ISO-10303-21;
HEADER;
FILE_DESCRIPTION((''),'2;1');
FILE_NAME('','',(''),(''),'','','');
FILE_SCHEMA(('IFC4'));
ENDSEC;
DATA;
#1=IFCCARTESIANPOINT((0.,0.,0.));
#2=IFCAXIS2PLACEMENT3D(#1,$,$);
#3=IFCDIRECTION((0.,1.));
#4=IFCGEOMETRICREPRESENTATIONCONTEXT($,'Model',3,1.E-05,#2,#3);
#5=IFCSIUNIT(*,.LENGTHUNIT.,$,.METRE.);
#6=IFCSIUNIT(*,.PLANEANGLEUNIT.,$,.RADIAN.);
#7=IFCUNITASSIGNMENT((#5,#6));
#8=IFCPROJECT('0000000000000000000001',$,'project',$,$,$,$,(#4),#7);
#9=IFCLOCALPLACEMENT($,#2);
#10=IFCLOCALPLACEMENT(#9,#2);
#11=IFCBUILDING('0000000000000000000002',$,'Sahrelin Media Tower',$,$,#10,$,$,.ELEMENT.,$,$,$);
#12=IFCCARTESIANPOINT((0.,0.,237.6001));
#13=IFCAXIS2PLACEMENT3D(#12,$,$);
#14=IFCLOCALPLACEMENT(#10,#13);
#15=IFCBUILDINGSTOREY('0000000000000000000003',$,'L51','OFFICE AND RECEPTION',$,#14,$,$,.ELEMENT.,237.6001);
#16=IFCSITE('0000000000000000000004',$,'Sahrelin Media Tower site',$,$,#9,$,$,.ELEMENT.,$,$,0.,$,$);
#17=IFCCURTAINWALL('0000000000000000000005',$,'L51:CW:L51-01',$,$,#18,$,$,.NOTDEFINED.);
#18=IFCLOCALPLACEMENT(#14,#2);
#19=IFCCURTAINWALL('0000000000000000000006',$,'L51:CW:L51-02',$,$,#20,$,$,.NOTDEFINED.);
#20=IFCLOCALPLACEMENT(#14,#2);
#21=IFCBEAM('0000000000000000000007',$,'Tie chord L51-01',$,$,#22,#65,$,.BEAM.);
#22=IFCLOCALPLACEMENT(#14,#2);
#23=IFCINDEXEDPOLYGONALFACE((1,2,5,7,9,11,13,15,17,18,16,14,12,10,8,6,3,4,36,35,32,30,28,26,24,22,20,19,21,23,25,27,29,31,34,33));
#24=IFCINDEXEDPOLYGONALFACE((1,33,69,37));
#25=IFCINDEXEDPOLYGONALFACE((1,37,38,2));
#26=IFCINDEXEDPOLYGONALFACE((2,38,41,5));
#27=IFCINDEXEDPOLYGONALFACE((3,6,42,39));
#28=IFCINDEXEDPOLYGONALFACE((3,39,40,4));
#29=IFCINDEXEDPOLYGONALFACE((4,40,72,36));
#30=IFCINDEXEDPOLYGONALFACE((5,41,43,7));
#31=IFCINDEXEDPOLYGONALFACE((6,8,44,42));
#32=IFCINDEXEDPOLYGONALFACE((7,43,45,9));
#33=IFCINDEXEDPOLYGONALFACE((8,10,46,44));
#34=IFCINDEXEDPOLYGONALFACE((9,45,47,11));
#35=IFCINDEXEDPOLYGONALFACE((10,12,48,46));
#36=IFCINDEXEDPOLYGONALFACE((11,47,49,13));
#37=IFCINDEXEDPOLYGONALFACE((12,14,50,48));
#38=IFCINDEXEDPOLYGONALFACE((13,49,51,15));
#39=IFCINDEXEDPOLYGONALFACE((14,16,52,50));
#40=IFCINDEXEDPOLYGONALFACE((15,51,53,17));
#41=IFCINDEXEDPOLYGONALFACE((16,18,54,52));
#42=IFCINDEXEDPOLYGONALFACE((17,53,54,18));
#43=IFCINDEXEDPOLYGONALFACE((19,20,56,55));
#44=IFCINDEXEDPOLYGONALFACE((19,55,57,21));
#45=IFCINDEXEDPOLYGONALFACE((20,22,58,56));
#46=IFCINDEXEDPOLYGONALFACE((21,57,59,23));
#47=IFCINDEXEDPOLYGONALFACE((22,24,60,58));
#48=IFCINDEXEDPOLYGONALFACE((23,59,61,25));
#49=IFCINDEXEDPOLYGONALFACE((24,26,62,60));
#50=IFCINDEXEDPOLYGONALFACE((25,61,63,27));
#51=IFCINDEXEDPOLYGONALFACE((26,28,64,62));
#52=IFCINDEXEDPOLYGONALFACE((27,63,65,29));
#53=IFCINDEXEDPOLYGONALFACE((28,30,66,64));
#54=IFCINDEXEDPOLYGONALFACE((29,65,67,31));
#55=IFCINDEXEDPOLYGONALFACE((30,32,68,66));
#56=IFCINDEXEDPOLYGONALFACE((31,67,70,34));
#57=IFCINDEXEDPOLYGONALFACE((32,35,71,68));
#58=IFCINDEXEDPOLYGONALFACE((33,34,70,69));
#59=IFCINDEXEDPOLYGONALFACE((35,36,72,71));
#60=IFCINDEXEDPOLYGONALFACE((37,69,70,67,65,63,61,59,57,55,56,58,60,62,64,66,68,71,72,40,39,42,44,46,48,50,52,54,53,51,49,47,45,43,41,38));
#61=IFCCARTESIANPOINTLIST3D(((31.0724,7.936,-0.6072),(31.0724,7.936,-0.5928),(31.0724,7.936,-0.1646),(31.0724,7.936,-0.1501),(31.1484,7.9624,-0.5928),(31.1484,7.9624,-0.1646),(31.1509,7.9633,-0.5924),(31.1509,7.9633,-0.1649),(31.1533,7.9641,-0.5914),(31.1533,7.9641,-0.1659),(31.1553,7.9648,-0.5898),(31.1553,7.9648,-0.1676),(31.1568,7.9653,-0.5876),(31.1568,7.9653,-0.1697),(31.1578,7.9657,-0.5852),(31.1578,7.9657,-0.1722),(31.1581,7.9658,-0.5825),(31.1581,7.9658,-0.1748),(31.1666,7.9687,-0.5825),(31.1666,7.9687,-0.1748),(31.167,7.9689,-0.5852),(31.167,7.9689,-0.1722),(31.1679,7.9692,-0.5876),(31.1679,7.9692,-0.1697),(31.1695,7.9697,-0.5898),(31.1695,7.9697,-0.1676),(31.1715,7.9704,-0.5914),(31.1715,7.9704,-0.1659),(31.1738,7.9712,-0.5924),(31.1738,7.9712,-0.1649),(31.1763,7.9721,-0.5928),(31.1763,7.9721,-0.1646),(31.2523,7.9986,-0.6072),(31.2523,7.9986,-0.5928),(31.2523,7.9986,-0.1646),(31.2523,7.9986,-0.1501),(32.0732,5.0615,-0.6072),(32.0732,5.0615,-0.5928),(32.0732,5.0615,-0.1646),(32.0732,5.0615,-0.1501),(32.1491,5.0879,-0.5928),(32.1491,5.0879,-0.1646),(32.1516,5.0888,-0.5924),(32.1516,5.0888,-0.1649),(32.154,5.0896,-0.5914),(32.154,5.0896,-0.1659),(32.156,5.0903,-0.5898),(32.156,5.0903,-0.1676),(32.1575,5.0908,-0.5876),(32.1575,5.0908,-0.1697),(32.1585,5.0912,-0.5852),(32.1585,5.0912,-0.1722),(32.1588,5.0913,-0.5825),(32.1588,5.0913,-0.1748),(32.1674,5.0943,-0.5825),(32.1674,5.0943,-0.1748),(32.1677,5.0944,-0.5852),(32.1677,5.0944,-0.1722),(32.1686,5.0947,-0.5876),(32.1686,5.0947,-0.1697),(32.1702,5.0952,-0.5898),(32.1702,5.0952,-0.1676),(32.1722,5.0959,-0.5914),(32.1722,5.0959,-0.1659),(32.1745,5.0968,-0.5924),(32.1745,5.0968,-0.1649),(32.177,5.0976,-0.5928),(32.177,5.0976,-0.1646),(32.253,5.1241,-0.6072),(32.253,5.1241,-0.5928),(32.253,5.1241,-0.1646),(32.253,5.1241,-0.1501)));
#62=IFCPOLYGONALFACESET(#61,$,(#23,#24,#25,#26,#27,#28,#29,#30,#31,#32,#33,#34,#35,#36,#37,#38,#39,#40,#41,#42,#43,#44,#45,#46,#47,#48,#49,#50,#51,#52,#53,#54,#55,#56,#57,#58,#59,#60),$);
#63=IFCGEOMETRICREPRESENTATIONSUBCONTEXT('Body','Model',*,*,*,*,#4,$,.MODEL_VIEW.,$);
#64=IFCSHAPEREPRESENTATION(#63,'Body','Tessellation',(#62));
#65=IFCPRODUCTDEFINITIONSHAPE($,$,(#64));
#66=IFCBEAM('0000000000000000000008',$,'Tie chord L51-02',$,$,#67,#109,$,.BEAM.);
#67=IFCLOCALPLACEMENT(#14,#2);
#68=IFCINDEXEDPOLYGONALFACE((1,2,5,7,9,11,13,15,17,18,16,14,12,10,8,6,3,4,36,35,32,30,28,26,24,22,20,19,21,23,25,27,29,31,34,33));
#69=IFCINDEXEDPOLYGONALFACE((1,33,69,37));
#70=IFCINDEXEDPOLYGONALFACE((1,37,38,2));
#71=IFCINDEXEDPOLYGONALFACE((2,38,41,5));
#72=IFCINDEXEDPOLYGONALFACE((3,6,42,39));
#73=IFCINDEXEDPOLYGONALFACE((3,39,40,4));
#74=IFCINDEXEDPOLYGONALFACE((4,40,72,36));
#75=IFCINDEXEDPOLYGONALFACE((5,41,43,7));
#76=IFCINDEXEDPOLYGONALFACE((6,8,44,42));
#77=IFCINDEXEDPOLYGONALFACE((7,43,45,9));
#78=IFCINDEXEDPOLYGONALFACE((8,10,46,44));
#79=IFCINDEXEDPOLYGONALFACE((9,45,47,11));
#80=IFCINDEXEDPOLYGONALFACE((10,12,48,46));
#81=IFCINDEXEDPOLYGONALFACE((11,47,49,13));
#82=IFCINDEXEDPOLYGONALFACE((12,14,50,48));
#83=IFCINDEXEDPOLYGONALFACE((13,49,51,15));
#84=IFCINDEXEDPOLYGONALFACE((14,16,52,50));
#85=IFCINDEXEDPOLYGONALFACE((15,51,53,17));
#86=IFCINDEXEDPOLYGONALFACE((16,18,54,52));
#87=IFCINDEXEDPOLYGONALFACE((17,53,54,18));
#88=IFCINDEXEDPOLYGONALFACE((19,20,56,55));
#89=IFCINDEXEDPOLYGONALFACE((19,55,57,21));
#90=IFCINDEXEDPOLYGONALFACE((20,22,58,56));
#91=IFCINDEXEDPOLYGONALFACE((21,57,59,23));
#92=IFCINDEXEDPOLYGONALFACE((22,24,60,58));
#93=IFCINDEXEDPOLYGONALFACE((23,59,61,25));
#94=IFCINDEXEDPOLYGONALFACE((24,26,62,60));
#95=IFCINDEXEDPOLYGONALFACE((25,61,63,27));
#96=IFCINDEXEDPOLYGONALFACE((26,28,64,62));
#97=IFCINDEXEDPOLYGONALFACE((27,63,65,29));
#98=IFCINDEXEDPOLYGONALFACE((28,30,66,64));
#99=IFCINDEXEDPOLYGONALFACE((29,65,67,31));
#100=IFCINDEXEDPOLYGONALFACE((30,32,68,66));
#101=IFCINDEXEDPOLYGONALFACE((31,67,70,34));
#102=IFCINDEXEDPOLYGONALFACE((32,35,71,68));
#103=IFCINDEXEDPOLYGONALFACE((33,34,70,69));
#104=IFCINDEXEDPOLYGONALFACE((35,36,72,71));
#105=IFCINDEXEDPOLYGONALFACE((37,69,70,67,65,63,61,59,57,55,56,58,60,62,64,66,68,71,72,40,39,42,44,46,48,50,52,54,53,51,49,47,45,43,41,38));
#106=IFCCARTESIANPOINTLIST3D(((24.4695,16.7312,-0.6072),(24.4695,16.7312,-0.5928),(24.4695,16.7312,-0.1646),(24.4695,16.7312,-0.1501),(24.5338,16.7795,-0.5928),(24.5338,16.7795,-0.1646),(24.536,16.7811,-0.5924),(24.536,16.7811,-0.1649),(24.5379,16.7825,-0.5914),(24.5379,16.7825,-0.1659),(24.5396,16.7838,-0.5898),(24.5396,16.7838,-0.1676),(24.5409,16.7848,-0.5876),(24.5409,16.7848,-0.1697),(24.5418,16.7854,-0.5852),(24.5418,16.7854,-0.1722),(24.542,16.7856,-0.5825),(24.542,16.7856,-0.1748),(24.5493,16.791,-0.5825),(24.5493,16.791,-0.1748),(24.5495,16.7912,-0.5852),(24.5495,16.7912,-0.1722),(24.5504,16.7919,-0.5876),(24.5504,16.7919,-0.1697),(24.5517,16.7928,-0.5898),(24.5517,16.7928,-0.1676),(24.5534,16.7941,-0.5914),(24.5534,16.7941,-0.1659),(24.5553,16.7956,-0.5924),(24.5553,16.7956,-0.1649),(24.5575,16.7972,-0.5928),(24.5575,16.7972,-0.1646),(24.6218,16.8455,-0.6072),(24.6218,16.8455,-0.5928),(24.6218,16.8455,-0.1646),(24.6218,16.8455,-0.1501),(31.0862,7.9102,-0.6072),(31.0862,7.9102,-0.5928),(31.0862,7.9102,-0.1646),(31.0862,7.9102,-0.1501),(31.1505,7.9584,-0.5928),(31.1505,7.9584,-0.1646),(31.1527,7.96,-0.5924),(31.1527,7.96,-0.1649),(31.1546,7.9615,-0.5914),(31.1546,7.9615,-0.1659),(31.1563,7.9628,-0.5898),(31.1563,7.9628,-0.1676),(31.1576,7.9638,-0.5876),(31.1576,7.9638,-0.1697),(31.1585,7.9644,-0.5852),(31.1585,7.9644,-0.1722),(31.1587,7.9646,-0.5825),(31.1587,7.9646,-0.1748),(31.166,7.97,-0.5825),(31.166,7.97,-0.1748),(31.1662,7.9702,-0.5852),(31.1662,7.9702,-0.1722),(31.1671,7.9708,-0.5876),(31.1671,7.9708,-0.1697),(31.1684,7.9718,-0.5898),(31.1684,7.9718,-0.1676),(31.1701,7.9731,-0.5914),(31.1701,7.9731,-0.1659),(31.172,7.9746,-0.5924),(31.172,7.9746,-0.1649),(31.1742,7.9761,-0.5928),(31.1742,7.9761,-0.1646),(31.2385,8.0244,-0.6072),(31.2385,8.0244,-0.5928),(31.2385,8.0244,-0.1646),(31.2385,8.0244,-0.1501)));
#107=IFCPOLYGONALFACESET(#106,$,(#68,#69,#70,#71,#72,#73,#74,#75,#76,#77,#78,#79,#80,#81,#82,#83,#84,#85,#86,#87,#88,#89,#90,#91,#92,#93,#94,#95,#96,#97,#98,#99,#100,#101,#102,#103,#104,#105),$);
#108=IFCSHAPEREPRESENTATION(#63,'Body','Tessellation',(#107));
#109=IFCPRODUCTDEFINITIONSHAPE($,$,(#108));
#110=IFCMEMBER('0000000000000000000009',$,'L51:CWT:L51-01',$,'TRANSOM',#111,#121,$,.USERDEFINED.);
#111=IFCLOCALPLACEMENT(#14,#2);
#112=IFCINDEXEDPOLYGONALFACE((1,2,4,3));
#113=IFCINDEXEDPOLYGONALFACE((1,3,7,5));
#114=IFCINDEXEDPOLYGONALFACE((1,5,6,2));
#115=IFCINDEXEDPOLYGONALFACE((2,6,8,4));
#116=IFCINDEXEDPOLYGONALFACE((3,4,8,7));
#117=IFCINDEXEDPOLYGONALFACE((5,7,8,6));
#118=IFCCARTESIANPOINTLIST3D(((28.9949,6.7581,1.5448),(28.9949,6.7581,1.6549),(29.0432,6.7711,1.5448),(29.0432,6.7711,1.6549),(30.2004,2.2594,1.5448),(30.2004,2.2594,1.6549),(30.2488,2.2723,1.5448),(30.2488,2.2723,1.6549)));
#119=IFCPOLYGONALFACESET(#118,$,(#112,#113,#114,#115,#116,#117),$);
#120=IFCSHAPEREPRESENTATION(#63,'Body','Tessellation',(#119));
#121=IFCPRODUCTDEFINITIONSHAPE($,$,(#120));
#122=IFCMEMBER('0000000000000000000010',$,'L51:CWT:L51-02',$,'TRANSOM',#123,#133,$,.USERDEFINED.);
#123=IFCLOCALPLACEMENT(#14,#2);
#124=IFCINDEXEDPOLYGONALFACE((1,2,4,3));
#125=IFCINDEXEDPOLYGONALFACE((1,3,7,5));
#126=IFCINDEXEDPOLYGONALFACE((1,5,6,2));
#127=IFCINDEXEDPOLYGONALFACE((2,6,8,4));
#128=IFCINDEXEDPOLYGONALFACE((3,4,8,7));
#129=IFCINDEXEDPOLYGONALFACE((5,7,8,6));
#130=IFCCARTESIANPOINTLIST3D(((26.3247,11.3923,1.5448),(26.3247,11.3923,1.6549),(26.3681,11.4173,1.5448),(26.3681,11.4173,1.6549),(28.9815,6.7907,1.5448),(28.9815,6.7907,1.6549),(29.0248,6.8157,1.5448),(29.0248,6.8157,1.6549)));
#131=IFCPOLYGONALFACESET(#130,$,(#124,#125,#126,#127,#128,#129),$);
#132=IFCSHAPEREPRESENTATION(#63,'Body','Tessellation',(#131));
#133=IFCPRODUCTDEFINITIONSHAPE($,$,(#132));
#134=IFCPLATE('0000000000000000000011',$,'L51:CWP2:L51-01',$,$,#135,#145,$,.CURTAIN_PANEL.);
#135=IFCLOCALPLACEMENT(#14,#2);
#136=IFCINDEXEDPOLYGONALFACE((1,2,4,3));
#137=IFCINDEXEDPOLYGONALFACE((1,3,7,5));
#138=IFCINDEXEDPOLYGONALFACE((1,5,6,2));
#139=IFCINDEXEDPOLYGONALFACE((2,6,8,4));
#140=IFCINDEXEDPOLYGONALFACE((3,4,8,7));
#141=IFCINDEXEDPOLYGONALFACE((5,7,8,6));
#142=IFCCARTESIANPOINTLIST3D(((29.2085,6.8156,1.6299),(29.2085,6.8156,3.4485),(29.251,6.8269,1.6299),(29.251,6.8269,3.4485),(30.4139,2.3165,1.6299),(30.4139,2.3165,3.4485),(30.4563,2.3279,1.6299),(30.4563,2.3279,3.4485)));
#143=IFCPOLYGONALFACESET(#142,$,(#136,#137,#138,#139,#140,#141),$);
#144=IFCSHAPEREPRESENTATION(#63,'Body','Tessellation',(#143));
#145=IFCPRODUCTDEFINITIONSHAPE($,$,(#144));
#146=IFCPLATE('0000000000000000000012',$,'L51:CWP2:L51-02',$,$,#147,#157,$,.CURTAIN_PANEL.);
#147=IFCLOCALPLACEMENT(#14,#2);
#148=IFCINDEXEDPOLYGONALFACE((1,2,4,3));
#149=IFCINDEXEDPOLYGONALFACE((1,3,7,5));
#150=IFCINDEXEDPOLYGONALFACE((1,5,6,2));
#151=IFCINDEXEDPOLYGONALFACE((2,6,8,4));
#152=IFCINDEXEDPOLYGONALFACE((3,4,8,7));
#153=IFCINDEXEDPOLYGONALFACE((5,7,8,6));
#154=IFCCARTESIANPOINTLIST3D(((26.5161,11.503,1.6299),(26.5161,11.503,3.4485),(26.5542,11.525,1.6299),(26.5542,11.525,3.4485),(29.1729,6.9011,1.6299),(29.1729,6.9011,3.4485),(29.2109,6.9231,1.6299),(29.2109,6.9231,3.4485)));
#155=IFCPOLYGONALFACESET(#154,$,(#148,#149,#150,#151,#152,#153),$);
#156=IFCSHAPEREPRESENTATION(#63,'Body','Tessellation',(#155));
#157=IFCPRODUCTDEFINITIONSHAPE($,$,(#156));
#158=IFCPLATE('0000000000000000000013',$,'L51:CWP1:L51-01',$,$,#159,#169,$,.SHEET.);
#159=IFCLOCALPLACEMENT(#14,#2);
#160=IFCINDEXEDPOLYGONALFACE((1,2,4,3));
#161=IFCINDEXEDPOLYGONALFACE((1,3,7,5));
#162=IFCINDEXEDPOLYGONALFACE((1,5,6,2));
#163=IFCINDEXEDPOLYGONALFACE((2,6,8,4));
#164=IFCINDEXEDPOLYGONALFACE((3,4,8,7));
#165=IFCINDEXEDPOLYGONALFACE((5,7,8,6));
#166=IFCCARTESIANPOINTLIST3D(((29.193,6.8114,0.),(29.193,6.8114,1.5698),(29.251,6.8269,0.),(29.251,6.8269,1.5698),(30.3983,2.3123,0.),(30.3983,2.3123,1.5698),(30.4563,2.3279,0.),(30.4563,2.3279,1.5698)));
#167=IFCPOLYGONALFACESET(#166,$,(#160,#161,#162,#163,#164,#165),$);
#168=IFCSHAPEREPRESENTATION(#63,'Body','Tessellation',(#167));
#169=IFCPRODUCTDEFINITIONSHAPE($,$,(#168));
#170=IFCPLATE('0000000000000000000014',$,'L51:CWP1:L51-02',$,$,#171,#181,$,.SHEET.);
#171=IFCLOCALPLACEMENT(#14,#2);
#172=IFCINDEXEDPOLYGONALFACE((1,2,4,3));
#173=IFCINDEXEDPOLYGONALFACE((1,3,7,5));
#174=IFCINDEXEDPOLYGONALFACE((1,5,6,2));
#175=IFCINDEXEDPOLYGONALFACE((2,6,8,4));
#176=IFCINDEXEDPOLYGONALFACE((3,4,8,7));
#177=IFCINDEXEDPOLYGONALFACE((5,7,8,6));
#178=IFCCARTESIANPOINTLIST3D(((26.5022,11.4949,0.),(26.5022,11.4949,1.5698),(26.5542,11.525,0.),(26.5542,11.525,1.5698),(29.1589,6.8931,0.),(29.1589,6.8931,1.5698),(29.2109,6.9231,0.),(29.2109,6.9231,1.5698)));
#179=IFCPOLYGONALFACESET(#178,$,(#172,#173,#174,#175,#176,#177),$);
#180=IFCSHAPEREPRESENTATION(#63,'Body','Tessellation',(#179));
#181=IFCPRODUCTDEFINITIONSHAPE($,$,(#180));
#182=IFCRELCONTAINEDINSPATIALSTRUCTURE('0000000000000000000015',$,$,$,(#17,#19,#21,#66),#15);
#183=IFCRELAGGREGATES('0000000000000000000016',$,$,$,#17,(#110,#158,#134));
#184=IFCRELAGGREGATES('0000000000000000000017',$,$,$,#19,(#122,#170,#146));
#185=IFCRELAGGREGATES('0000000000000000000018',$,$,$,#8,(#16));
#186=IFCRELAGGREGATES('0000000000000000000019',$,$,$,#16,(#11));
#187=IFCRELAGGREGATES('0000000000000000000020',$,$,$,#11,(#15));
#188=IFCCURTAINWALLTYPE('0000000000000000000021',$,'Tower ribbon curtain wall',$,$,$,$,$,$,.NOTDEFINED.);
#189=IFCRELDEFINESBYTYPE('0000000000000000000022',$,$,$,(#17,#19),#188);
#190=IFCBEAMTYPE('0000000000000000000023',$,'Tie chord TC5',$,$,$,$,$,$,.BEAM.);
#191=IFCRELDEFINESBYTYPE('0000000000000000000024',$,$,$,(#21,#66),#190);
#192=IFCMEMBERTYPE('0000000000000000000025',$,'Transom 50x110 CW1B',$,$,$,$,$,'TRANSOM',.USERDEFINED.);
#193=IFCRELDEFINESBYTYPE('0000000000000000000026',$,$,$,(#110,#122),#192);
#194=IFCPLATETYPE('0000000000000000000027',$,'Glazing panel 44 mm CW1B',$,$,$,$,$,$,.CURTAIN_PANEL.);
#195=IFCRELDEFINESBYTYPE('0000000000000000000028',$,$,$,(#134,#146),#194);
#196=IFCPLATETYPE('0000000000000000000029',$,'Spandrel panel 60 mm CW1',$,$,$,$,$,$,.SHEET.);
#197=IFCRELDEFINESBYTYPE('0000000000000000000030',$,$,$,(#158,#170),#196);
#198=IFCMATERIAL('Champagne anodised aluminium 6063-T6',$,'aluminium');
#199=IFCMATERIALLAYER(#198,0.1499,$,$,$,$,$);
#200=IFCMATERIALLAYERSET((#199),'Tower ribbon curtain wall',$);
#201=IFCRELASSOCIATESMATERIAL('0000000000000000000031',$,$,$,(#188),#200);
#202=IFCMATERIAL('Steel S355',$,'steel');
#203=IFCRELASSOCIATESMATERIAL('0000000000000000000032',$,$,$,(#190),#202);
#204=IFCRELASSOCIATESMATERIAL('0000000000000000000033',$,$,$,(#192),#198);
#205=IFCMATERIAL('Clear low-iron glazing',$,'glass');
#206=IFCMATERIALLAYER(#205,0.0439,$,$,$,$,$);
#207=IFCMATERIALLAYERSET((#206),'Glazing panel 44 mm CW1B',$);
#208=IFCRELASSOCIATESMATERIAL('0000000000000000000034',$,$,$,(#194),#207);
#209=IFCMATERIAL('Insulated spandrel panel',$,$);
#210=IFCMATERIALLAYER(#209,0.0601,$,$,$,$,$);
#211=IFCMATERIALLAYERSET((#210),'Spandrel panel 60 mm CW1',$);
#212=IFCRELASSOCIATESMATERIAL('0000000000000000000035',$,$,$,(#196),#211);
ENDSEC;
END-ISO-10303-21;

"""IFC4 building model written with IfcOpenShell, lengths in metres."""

from ifc_helpers import new_model, si_unit, direction, frame, origin, origin_2d, place, context, subcontext, project, spatial, polyline, rectangle, i_section, outline, extrude, material, layer, layer_set, material_profile, profile_set, type_object, element, aggregate, save


model = new_model("IFC4")

# Units and contexts
model_context = context("Model", 3, precision=1e-05, world=origin(), true_north=direction((0.0, 1.0)))
body_context = subcontext(model_context, "Body", "Model", "MODEL_VIEW")
ifc_project = project(units=[si_unit("LENGTHUNIT", "METRE"), si_unit("PLANEANGLEUNIT", "RADIAN")], contexts=[model_context])

# Site, building, storey
site_placement = place(None, origin())
site = spatial("IfcSite", under=ifc_project, at=site_placement, Name="Sahrelin Media Tower site", CompositionType="ELEMENT", RefElevation=0.0)
building_placement = place(site_placement, origin())
building = spatial("IfcBuilding", under=site, at=building_placement, Name="Sahrelin Media Tower", CompositionType="ELEMENT")
storey_placement = place(building_placement, frame((0.0, 0.0, 237.6001)))
storey = spatial("IfcBuildingStorey", under=building, at=storey_placement, Name="L51", Description="OFFICE AND RECEPTION", CompositionType="ELEMENT", Elevation=237.6001)

# Shared definitions
ifc_material_1 = material(Name="Steel S355", Category="steel")

# Curtain walls
ifc_material_2 = material(Name="Champagne anodised aluminium 6063-T6", Category="aluminium")
ifc_layer_1 = layer(ifc_material_2, 0.1499)
ifc_layer_set_1 = layer_set([ifc_layer_1], Name="Tower ribbon curtain wall")
curtain_wall_type = type_object("IfcCurtainWallType", Name="Tower ribbon curtain wall", PredefinedType="NOTDEFINED", material=ifc_layer_set_1)
curtain_wall_1_placement = place(storey_placement, frame((29.8342, 4.5723, 0.0), z_axis=(0.0, 0.0, 1.0), x_axis=(1.0, 0.0, 0.0)))
curtain_wall_1 = element("IfcCurtainWall", 1, at=curtain_wall_1_placement, inside=storey, type_object=curtain_wall_type, Name="L51:CW:L51-01", PredefinedType="NOTDEFINED")
curtain_wall_2_placement = place(storey_placement, frame((27.8652, 9.2141, 0.0), z_axis=(0.0, 0.0, 1.0), x_axis=(1.0, 0.0, 0.0)))
curtain_wall_2 = element("IfcCurtainWall", 2, at=curtain_wall_2_placement, inside=storey, type_object=curtain_wall_type, Name="L51:CW:L51-02", PredefinedType="NOTDEFINED")

# Beams
ifc_material_profile_1 = material_profile(ifc_material_1, i_section(OverallWidth=0.1904, OverallDepth=0.457, WebThickness=0.009, FlangeThickness=0.0144, FilletRadius=0.0103, at=origin_2d()), Name="UB 457x191x74")
ifc_profile_set_1 = profile_set([ifc_material_profile_1], Name="Steel S355")
beam_type_1 = type_object("IfcBeamType", Name="Tie chord TC5", PredefinedType="BEAM", material=ifc_profile_set_1)
beam_1_placement = place(storey_placement, frame((32.1631, 5.0928, -0.3787), z_axis=(-0.328785, 0.944405, 0.0), x_axis=(-0.944405, -0.328785, 0.0)))
element("IfcBeam", 3, at=beam_1_placement, inside=storey, type_object=beam_type_1, Name="Tie chord L51-01", PredefinedType="BEAM", context=body_context, shape_type="SweptSolid", body=[
    extrude(i_section(OverallWidth=0.1904, OverallDepth=0.457, WebThickness=0.009, FlangeThickness=0.0144, FilletRadius=0.0103, at=origin_2d()), origin(), (0.0, 0.0, 1.0), 3.0437),
])
beam_2_placement = place(storey_placement, frame((31.1624, 7.9673, -0.3787), z_axis=(-0.600053, 0.79996, 0.0), x_axis=(-0.79996, -0.600053, 0.0)))
element("IfcBeam", 4, at=beam_2_placement, inside=storey, type_object=beam_type_1, Name="Tie chord L51-02", PredefinedType="BEAM", context=body_context, shape_type="SweptSolid", body=[
    extrude(i_section(OverallWidth=0.1904, OverallDepth=0.457, WebThickness=0.009, FlangeThickness=0.0144, FilletRadius=0.0103, at=origin_2d()), origin(), (0.0, 0.0, 1.0), 11.0269),
])

# Members
ifc_material_profile_2 = material_profile(ifc_material_2, rectangle(XDim=0.05, YDim=0.1101, at=origin_2d()), Name="Transom 50x110")
ifc_profile_set_2 = profile_set([ifc_material_profile_2], Name="Champagne anodised aluminium 6063-T6")
member_type_1 = type_object("IfcMemberType", Name="Transom 50x110 CW1B", ElementType="TRANSOM", PredefinedType="USERDEFINED", material=ifc_profile_set_2)
member_1_placement = place(storey_placement, frame((30.2246, 2.2659, 1.5999), z_axis=(-0.258844, 0.965919, 0.0), x_axis=(-0.965919, -0.258844, 0.0)))
member_1 = element("IfcMember", 5, at=member_1_placement, type_object=member_type_1, Name="L51:CWT:L51-01", ObjectType="TRANSOM", PredefinedType="USERDEFINED", context=body_context, shape_type="SweptSolid", body=[
    extrude(rectangle(XDim=0.05, YDim=0.1101, at=origin_2d()), origin(), (0.0, 0.0, 1.0), 4.6575),
])
member_2_placement = place(storey_placement, frame((29.0032, 6.8032, 1.5999), z_axis=(-0.500004, 0.866023, 0.0), x_axis=(-0.866023, -0.500004, 0.0)))
member_2 = element("IfcMember", 6, at=member_2_placement, type_object=member_type_1, Name="L51:CWT:L51-02", ObjectType="TRANSOM", PredefinedType="USERDEFINED", context=body_context, shape_type="SweptSolid", body=[
    extrude(rectangle(XDim=0.05, YDim=0.1101, at=origin_2d()), origin(), (0.0, 0.0, 1.0), 5.3135),
])

# Plates
ifc_material_3 = material(Name="Clear low-iron glazing", Category="glass")
ifc_layer_2 = layer(ifc_material_3, 0.0439)
ifc_layer_set_2 = layer_set([ifc_layer_2], Name="Glazing panel 44 mm CW1B")
plate_type_1 = type_object("IfcPlateType", Name="Glazing panel 44 mm CW1B", PredefinedType="CURTAIN_PANEL", material=ifc_layer_set_2)
plate_1_placement = place(storey_placement, frame((30.4563, 2.3279, 1.6299), z_axis=(0.965936, 0.258781, 0.0), x_axis=(-0.258781, 0.965936, 0.0)))
plate_1 = element("IfcPlate", 7, at=plate_1_placement, type_object=plate_type_1, Name="L51:CWP2:L51-01", PredefinedType="CURTAIN_PANEL", context=body_context, shape_type="SweptSolid", body=[
    extrude(outline(polyline([(0.0, 0.0), (4.6577, 0.0), (4.6577, 1.8186), (0.0, 1.8186), (0.0, 0.0)])), origin(), (0.0, 0.0, -1.0), 0.0439),
])
plate_2_placement = place(storey_placement, frame((29.2109, 6.9231, 1.6299), z_axis=(0.866035, 0.499984, 0.0), x_axis=(-0.499984, 0.866035, 0.0)))
plate_2 = element("IfcPlate", 8, at=plate_2_placement, type_object=plate_type_1, Name="L51:CWP2:L51-02", PredefinedType="CURTAIN_PANEL", context=body_context, shape_type="SweptSolid", body=[
    extrude(outline(polyline([(0.0, 0.0), (5.3137, 0.0), (5.3137, 1.8186), (0.0, 1.8186), (0.0, 0.0)])), origin(), (0.0, 0.0, -1.0), 0.0439),
])
ifc_material_4 = material(Name="Insulated spandrel panel")
ifc_layer_3 = layer(ifc_material_4, 0.0601)
ifc_layer_set_3 = layer_set([ifc_layer_3], Name="Spandrel panel 60 mm CW1")
plate_type_2 = type_object("IfcPlateType", Name="Spandrel panel 60 mm CW1", PredefinedType="SHEET", material=ifc_layer_set_3)
plate_3_placement = place(storey_placement, frame((30.4563, 2.3279, 0.0), z_axis=(0.965936, 0.258781, 0.0), x_axis=(-0.258781, 0.965936, 0.0)))
plate_3 = element("IfcPlate", 9, at=plate_3_placement, type_object=plate_type_2, Name="L51:CWP1:L51-01", PredefinedType="SHEET", context=body_context, shape_type="SweptSolid", body=[
    extrude(outline(polyline([(0.0, 0.0), (4.6577, 0.0), (4.6577, 1.5698), (0.0, 1.5698), (0.0, 0.0)])), origin(), (0.0, 0.0, -1.0), 0.0601),
])
aggregate(curtain_wall_1, [member_1, plate_3, plate_1])
plate_4_placement = place(storey_placement, frame((29.2109, 6.9231, 0.0), z_axis=(0.866035, 0.499984, 0.0), x_axis=(-0.499984, 0.866035, 0.0)))
plate_4 = element("IfcPlate", 10, at=plate_4_placement, type_object=plate_type_2, Name="L51:CWP1:L51-02", PredefinedType="SHEET", context=body_context, shape_type="SweptSolid", body=[
    extrude(outline(polyline([(0.0, 0.0), (5.3137, 0.0), (5.3137, 1.5698), (0.0, 1.5698), (0.0, 0.0)])), origin(), (0.0, 0.0, -1.0), 0.0601),
])
aggregate(curtain_wall_2, [member_2, plate_4, plate_2])

save(model, "model.ifc")
